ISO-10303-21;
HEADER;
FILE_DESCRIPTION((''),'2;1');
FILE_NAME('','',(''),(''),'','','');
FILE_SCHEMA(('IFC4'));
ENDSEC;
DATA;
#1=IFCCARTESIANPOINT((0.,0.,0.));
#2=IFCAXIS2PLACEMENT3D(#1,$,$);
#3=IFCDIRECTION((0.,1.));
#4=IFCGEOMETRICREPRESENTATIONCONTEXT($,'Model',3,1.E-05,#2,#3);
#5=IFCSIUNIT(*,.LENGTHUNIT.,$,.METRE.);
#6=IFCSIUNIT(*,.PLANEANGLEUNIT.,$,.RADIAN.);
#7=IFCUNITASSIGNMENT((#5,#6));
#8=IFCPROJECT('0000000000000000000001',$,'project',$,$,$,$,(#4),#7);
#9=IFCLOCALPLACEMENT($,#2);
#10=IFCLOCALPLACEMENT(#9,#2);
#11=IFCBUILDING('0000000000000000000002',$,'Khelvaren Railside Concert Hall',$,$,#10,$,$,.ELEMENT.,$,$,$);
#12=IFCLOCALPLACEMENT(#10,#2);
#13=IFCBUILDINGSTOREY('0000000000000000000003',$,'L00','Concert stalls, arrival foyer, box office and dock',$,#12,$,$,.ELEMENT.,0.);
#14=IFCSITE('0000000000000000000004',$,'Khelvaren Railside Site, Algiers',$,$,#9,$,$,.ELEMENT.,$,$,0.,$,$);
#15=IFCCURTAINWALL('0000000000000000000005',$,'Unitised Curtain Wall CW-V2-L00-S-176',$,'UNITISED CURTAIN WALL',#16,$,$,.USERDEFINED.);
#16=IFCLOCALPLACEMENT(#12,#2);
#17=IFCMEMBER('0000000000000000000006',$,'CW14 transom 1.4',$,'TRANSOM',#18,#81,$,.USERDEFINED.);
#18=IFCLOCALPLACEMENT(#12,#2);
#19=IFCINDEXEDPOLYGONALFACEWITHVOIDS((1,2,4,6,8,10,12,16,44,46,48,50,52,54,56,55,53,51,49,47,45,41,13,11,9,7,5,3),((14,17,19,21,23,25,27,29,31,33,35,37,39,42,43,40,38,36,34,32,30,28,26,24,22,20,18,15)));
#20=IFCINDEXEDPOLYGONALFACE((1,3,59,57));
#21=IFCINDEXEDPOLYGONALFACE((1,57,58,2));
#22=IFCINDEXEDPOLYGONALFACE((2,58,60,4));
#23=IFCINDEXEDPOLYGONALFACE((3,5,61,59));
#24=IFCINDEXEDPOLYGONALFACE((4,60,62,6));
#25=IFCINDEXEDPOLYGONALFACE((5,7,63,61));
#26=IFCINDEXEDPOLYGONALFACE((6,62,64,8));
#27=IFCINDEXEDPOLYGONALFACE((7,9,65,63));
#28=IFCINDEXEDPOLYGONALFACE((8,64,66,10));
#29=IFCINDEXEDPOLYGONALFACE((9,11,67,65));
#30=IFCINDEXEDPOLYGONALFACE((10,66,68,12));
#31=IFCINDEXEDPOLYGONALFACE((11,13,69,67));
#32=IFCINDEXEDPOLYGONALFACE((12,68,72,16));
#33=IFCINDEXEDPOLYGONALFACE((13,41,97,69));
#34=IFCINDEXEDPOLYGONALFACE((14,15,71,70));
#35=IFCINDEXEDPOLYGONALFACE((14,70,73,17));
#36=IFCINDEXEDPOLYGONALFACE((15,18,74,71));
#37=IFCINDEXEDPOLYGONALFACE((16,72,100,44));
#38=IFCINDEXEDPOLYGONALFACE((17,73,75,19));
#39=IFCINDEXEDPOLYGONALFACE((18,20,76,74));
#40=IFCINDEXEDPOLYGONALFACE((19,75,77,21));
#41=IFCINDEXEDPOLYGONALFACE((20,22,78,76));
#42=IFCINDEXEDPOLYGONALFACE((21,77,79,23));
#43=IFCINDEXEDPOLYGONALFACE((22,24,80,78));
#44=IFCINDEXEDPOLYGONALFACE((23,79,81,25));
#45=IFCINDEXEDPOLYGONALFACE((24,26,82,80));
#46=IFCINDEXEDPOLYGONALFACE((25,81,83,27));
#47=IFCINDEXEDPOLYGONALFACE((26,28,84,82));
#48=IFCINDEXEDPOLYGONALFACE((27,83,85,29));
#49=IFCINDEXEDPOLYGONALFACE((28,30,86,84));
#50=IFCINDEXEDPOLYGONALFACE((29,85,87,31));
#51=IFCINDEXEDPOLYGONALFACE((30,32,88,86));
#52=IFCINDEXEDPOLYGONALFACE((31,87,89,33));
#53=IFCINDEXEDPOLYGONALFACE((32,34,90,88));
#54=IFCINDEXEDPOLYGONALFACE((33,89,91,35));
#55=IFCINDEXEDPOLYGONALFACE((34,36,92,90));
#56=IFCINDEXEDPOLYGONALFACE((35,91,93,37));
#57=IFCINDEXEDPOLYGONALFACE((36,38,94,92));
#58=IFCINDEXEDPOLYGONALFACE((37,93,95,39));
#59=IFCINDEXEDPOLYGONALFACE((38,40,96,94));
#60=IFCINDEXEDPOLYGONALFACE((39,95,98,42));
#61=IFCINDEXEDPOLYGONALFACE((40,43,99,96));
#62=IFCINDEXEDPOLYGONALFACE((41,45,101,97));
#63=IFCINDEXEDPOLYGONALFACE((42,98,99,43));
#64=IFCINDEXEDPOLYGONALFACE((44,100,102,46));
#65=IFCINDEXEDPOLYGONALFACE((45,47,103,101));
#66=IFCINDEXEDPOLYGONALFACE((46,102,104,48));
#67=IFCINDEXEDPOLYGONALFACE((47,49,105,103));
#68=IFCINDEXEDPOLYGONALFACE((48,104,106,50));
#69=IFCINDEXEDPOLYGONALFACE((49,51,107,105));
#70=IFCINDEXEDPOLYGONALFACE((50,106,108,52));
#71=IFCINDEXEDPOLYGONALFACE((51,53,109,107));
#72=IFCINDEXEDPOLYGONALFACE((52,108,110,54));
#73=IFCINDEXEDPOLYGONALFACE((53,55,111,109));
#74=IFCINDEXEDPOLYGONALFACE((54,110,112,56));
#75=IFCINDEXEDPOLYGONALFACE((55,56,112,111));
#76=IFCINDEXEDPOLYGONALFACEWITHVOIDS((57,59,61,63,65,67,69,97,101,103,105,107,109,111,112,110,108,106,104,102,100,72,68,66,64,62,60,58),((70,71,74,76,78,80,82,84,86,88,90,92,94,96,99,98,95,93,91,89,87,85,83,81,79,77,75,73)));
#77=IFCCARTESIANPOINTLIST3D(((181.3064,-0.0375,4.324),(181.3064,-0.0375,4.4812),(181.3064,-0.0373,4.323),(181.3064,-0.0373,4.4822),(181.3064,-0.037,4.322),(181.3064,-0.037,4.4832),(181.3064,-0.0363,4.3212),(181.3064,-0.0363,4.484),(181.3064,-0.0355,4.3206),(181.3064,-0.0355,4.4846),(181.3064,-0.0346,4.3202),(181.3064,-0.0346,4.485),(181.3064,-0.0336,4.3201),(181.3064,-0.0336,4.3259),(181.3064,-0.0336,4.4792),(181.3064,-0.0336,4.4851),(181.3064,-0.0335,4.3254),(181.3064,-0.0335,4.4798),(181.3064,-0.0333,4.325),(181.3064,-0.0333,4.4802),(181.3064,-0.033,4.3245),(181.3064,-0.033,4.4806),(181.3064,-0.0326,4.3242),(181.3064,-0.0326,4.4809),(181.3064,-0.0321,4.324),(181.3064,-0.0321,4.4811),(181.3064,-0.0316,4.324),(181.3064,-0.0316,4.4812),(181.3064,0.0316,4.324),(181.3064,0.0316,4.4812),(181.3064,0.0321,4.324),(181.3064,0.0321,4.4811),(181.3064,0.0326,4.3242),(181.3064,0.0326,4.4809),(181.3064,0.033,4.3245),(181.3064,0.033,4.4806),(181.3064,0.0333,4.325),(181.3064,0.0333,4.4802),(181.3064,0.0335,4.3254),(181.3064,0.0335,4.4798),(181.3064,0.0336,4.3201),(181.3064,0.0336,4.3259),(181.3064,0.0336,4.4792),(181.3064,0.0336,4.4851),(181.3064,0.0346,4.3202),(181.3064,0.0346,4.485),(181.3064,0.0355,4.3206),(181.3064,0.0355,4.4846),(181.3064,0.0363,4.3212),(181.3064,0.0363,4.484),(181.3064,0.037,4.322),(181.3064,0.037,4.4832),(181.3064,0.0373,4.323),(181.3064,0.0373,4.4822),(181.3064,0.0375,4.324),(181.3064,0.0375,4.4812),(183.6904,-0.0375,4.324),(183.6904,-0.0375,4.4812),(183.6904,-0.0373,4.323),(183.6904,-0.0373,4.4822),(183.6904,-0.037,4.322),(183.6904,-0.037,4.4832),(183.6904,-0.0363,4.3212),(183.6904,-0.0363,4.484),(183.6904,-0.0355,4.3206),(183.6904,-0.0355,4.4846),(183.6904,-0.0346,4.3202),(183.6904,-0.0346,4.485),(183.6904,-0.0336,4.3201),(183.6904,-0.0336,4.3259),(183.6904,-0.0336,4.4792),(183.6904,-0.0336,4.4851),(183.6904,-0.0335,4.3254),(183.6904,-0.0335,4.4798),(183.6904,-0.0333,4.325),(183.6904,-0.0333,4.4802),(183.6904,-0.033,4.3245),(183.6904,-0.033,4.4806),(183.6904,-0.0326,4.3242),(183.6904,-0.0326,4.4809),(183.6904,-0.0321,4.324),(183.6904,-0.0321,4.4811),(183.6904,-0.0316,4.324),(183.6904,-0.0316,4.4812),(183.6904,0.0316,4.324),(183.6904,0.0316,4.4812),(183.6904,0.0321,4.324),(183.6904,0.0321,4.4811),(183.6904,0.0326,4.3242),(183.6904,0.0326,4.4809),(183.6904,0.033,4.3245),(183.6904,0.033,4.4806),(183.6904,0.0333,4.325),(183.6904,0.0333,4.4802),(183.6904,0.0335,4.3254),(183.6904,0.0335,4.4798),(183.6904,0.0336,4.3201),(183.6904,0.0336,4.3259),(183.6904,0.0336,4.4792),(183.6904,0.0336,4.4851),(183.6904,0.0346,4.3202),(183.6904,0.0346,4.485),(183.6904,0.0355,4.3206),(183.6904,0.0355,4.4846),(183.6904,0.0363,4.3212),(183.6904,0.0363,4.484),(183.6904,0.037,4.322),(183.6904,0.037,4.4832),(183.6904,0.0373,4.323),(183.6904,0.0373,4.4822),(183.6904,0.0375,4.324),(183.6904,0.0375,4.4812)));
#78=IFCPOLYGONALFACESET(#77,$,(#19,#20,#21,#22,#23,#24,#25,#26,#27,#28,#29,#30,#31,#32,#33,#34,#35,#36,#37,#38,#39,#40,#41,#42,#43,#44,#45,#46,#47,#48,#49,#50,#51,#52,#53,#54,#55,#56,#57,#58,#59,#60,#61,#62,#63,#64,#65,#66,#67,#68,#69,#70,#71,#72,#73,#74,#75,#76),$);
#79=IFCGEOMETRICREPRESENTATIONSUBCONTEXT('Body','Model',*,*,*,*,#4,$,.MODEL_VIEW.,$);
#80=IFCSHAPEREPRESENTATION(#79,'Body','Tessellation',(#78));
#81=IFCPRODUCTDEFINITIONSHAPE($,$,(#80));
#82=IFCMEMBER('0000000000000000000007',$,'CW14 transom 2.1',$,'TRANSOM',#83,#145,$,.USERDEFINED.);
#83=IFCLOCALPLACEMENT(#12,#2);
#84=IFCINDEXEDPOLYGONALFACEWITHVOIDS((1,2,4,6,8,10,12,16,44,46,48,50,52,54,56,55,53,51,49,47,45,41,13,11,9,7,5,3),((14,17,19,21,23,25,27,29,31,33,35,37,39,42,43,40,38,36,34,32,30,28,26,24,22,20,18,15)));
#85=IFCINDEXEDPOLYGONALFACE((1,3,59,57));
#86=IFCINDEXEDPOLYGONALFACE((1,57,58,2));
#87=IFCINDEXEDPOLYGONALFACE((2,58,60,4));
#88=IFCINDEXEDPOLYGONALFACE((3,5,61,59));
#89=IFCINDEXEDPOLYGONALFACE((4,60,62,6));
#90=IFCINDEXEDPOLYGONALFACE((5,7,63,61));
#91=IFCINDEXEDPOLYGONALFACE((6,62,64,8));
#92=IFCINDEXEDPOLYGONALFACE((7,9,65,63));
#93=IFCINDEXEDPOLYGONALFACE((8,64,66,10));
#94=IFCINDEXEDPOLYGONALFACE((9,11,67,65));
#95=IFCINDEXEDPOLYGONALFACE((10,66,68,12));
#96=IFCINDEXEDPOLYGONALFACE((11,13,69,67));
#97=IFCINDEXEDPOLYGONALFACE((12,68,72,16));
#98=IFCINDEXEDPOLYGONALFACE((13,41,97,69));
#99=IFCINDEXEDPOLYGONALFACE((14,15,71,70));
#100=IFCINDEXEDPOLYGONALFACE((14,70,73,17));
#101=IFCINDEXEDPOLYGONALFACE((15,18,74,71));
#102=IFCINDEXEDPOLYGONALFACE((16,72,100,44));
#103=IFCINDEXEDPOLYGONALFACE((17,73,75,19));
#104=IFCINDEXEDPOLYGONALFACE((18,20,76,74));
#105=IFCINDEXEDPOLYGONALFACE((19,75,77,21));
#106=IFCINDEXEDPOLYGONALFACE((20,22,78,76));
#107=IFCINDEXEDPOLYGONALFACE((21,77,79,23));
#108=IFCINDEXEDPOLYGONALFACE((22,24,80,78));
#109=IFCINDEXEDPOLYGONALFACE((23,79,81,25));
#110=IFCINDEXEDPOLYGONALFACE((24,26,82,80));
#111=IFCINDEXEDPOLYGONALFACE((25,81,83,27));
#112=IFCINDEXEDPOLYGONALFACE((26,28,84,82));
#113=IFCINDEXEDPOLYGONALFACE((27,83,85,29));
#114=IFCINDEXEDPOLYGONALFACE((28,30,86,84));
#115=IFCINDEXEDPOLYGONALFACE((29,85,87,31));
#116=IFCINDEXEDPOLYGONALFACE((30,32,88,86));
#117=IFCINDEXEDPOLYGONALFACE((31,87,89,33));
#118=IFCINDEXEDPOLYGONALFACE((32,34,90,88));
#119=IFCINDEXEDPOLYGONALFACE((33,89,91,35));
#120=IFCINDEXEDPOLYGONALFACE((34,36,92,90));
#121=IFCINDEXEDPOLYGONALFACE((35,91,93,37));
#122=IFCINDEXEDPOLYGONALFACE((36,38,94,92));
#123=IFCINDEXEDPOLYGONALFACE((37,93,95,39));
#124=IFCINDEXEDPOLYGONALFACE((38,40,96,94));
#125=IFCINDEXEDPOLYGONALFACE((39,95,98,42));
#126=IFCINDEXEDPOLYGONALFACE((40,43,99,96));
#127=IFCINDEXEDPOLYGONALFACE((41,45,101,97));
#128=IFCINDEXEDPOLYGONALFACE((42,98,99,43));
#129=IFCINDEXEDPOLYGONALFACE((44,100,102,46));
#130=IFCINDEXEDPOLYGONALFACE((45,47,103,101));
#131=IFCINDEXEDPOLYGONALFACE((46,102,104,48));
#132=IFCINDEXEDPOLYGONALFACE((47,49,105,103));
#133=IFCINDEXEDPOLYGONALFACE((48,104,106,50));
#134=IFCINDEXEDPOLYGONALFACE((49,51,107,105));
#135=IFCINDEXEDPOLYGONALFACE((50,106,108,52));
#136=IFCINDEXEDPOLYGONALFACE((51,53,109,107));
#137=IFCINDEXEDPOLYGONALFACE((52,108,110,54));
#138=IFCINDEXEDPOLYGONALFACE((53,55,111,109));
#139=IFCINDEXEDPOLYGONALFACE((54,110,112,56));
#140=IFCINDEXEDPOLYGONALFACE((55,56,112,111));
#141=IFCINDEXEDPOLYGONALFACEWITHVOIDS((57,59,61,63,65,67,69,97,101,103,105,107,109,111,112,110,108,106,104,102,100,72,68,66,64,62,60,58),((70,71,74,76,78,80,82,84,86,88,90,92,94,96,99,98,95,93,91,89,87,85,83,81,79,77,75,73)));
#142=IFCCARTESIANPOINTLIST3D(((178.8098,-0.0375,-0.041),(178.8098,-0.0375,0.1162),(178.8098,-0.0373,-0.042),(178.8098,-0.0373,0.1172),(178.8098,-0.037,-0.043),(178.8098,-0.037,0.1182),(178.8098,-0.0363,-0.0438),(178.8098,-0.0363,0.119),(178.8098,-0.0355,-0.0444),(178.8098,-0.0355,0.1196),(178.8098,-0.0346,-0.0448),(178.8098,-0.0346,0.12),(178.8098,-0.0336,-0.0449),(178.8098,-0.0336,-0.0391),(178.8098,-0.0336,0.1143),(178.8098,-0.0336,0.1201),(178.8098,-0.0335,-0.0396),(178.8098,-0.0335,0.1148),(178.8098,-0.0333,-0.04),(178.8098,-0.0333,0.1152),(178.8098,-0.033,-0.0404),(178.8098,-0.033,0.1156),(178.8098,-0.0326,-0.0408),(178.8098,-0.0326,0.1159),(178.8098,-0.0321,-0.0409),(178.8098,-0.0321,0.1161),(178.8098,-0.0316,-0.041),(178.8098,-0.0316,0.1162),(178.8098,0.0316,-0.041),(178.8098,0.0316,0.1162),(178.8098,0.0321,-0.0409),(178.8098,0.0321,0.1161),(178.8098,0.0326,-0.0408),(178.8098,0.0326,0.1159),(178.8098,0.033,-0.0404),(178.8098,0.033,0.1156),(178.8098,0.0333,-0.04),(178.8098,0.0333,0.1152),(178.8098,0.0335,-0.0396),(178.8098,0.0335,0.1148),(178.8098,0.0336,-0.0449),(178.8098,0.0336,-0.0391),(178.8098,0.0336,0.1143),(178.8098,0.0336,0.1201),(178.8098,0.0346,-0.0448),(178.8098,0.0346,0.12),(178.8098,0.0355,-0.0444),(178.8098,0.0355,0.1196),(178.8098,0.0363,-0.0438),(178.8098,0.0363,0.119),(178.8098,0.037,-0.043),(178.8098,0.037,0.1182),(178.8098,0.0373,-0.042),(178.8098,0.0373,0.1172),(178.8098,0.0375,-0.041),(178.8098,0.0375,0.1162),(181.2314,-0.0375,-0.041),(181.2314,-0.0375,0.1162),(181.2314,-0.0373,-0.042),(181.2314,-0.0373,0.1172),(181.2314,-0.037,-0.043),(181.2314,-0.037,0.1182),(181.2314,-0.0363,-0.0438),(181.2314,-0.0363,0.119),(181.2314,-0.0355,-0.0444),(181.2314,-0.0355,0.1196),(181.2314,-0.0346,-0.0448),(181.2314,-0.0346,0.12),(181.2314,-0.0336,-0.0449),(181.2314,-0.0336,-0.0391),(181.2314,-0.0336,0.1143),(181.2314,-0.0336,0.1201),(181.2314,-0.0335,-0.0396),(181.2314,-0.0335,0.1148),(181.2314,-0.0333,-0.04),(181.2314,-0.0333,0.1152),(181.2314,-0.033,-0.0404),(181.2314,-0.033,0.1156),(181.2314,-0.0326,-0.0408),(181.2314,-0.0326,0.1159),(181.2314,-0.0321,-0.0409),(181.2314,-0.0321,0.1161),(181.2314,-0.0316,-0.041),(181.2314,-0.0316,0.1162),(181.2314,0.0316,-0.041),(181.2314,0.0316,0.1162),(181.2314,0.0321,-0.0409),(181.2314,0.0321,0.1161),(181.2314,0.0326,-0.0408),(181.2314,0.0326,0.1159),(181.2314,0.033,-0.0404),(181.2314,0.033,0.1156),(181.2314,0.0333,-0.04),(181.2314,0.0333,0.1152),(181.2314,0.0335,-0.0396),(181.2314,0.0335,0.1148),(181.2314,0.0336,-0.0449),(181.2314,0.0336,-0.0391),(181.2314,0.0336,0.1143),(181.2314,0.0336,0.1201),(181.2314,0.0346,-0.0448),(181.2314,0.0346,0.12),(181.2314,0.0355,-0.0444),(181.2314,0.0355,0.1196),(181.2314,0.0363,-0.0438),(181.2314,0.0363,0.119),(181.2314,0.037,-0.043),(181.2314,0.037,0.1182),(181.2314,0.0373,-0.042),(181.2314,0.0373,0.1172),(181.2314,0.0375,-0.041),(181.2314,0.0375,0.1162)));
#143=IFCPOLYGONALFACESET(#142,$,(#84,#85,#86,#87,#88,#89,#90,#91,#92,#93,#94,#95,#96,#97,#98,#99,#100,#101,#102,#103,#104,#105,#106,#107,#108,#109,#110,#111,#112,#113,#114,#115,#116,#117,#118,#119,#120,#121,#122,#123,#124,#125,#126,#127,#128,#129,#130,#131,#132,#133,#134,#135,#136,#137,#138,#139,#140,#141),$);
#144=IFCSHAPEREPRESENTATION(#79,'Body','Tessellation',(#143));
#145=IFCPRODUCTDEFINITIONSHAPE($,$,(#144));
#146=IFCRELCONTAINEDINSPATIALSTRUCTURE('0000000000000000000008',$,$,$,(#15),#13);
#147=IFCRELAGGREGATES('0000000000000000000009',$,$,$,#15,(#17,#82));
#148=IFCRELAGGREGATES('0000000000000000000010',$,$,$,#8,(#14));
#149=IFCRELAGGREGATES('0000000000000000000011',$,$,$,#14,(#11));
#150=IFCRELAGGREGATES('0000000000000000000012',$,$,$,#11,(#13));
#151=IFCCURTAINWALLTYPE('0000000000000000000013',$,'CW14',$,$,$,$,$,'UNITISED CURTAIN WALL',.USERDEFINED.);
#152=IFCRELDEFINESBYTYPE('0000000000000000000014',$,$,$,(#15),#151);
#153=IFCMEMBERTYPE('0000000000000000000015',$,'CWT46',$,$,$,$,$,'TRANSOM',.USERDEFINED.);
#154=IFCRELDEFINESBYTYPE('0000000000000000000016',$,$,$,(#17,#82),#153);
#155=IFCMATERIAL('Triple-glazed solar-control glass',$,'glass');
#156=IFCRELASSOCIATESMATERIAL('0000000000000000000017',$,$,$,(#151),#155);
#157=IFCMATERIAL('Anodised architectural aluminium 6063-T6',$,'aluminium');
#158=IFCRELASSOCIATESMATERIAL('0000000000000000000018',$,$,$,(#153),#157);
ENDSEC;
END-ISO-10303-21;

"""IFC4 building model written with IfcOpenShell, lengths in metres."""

from ifc_helpers import new_model, si_unit, direction, frame, origin, origin_2d, place, context, subcontext, project, spatial, hollow_rectangle, extrude, material, material_profile, profile_set, type_object, element, aggregate, save


model = new_model("IFC4")

# Units and contexts
model_context = context("Model", 3, precision=1e-05, world=origin(), true_north=direction((0.0, 1.0)))
body_context = subcontext(model_context, "Body", "Model", "MODEL_VIEW")
ifc_project = project(units=[si_unit("LENGTHUNIT", "METRE"), si_unit("PLANEANGLEUNIT", "RADIAN")], contexts=[model_context])

# Site, building, storey
site_placement = place(None, origin())
site = spatial("IfcSite", under=ifc_project, at=site_placement, Name="Khelvaren Railside Site, Algiers", CompositionType="ELEMENT", RefElevation=0.0)
building_placement = place(site_placement, origin())
building = spatial("IfcBuilding", under=site, at=building_placement, Name="Khelvaren Railside Concert Hall", CompositionType="ELEMENT")
storey_placement = place(building_placement, origin())
storey = spatial("IfcBuildingStorey", under=building, at=storey_placement, Name="L00", Description="Concert stalls, arrival foyer, box office and dock", CompositionType="ELEMENT", Elevation=0.0)

# Curtain wall
ifc_material_1 = material(Name="Triple-glazed solar-control glass", Category="glass")
curtain_wall_type_1 = type_object("IfcCurtainWallType", Name="CW14", ElementType="UNITISED CURTAIN WALL", PredefinedType="USERDEFINED", material=ifc_material_1)
curtain_wall_1_placement = place(storey_placement, origin())
curtain_wall_1 = element("IfcCurtainWall", 1, at=curtain_wall_1_placement, inside=storey, type_object=curtain_wall_type_1, Name="Unitised Curtain Wall CW-V2-L00-S-176", ObjectType="UNITISED CURTAIN WALL", PredefinedType="USERDEFINED")
ifc_material_2 = material(Name="Anodised architectural aluminium 6063-T6", Category="aluminium")

# Members
ifc_material_profile_1 = material_profile(ifc_material_2, hollow_rectangle(XDim=0.075, YDim=0.165, WallThickness=0.0039, InnerFilletRadius=0.002, OuterFilletRadius=0.0039, at=origin_2d()), Name="CWT 75x165x4")
ifc_profile_set_1 = profile_set([ifc_material_profile_1], Name="Anodised architectural aluminium 6063-T6")
member_type_1 = type_object("IfcMemberType", Name="CWT46", ElementType="TRANSOM", PredefinedType="USERDEFINED", material=ifc_profile_set_1)
member_1_placement = place(storey_placement, frame((183.6904, 0.0, 4.4026), z_axis=(-1.0, 0.0, 0.0), x_axis=(0.0, -1.0, 0.0)))
member_1 = element("IfcMember", 2, at=member_1_placement, type_object=member_type_1, Name="CW14 transom 1.4", ObjectType="TRANSOM", PredefinedType="USERDEFINED", context=body_context, shape_type="SweptSolid", body=[
    extrude(hollow_rectangle(XDim=0.075, YDim=0.165, WallThickness=0.0039, InnerFilletRadius=0.002, OuterFilletRadius=0.0039, at=origin_2d()), origin(), (0.0, 0.0, 1.0), 2.384),
])
member_2_placement = place(storey_placement, frame((181.2314, 0.0, 0.0376), z_axis=(-1.0, 0.0, 0.0), x_axis=(0.0, -1.0, 0.0)))
member_2 = element("IfcMember", 3, at=member_2_placement, type_object=member_type_1, Name="CW14 transom 2.1", ObjectType="TRANSOM", PredefinedType="USERDEFINED", context=body_context, shape_type="SweptSolid", body=[
    extrude(hollow_rectangle(XDim=0.075, YDim=0.165, WallThickness=0.0039, InnerFilletRadius=0.002, OuterFilletRadius=0.0039, at=origin_2d()), origin(), (0.0, 0.0, 1.0), 2.4216),
])

aggregate(curtain_wall_1, [member_1, member_2])

save(model, "model.ifc")
